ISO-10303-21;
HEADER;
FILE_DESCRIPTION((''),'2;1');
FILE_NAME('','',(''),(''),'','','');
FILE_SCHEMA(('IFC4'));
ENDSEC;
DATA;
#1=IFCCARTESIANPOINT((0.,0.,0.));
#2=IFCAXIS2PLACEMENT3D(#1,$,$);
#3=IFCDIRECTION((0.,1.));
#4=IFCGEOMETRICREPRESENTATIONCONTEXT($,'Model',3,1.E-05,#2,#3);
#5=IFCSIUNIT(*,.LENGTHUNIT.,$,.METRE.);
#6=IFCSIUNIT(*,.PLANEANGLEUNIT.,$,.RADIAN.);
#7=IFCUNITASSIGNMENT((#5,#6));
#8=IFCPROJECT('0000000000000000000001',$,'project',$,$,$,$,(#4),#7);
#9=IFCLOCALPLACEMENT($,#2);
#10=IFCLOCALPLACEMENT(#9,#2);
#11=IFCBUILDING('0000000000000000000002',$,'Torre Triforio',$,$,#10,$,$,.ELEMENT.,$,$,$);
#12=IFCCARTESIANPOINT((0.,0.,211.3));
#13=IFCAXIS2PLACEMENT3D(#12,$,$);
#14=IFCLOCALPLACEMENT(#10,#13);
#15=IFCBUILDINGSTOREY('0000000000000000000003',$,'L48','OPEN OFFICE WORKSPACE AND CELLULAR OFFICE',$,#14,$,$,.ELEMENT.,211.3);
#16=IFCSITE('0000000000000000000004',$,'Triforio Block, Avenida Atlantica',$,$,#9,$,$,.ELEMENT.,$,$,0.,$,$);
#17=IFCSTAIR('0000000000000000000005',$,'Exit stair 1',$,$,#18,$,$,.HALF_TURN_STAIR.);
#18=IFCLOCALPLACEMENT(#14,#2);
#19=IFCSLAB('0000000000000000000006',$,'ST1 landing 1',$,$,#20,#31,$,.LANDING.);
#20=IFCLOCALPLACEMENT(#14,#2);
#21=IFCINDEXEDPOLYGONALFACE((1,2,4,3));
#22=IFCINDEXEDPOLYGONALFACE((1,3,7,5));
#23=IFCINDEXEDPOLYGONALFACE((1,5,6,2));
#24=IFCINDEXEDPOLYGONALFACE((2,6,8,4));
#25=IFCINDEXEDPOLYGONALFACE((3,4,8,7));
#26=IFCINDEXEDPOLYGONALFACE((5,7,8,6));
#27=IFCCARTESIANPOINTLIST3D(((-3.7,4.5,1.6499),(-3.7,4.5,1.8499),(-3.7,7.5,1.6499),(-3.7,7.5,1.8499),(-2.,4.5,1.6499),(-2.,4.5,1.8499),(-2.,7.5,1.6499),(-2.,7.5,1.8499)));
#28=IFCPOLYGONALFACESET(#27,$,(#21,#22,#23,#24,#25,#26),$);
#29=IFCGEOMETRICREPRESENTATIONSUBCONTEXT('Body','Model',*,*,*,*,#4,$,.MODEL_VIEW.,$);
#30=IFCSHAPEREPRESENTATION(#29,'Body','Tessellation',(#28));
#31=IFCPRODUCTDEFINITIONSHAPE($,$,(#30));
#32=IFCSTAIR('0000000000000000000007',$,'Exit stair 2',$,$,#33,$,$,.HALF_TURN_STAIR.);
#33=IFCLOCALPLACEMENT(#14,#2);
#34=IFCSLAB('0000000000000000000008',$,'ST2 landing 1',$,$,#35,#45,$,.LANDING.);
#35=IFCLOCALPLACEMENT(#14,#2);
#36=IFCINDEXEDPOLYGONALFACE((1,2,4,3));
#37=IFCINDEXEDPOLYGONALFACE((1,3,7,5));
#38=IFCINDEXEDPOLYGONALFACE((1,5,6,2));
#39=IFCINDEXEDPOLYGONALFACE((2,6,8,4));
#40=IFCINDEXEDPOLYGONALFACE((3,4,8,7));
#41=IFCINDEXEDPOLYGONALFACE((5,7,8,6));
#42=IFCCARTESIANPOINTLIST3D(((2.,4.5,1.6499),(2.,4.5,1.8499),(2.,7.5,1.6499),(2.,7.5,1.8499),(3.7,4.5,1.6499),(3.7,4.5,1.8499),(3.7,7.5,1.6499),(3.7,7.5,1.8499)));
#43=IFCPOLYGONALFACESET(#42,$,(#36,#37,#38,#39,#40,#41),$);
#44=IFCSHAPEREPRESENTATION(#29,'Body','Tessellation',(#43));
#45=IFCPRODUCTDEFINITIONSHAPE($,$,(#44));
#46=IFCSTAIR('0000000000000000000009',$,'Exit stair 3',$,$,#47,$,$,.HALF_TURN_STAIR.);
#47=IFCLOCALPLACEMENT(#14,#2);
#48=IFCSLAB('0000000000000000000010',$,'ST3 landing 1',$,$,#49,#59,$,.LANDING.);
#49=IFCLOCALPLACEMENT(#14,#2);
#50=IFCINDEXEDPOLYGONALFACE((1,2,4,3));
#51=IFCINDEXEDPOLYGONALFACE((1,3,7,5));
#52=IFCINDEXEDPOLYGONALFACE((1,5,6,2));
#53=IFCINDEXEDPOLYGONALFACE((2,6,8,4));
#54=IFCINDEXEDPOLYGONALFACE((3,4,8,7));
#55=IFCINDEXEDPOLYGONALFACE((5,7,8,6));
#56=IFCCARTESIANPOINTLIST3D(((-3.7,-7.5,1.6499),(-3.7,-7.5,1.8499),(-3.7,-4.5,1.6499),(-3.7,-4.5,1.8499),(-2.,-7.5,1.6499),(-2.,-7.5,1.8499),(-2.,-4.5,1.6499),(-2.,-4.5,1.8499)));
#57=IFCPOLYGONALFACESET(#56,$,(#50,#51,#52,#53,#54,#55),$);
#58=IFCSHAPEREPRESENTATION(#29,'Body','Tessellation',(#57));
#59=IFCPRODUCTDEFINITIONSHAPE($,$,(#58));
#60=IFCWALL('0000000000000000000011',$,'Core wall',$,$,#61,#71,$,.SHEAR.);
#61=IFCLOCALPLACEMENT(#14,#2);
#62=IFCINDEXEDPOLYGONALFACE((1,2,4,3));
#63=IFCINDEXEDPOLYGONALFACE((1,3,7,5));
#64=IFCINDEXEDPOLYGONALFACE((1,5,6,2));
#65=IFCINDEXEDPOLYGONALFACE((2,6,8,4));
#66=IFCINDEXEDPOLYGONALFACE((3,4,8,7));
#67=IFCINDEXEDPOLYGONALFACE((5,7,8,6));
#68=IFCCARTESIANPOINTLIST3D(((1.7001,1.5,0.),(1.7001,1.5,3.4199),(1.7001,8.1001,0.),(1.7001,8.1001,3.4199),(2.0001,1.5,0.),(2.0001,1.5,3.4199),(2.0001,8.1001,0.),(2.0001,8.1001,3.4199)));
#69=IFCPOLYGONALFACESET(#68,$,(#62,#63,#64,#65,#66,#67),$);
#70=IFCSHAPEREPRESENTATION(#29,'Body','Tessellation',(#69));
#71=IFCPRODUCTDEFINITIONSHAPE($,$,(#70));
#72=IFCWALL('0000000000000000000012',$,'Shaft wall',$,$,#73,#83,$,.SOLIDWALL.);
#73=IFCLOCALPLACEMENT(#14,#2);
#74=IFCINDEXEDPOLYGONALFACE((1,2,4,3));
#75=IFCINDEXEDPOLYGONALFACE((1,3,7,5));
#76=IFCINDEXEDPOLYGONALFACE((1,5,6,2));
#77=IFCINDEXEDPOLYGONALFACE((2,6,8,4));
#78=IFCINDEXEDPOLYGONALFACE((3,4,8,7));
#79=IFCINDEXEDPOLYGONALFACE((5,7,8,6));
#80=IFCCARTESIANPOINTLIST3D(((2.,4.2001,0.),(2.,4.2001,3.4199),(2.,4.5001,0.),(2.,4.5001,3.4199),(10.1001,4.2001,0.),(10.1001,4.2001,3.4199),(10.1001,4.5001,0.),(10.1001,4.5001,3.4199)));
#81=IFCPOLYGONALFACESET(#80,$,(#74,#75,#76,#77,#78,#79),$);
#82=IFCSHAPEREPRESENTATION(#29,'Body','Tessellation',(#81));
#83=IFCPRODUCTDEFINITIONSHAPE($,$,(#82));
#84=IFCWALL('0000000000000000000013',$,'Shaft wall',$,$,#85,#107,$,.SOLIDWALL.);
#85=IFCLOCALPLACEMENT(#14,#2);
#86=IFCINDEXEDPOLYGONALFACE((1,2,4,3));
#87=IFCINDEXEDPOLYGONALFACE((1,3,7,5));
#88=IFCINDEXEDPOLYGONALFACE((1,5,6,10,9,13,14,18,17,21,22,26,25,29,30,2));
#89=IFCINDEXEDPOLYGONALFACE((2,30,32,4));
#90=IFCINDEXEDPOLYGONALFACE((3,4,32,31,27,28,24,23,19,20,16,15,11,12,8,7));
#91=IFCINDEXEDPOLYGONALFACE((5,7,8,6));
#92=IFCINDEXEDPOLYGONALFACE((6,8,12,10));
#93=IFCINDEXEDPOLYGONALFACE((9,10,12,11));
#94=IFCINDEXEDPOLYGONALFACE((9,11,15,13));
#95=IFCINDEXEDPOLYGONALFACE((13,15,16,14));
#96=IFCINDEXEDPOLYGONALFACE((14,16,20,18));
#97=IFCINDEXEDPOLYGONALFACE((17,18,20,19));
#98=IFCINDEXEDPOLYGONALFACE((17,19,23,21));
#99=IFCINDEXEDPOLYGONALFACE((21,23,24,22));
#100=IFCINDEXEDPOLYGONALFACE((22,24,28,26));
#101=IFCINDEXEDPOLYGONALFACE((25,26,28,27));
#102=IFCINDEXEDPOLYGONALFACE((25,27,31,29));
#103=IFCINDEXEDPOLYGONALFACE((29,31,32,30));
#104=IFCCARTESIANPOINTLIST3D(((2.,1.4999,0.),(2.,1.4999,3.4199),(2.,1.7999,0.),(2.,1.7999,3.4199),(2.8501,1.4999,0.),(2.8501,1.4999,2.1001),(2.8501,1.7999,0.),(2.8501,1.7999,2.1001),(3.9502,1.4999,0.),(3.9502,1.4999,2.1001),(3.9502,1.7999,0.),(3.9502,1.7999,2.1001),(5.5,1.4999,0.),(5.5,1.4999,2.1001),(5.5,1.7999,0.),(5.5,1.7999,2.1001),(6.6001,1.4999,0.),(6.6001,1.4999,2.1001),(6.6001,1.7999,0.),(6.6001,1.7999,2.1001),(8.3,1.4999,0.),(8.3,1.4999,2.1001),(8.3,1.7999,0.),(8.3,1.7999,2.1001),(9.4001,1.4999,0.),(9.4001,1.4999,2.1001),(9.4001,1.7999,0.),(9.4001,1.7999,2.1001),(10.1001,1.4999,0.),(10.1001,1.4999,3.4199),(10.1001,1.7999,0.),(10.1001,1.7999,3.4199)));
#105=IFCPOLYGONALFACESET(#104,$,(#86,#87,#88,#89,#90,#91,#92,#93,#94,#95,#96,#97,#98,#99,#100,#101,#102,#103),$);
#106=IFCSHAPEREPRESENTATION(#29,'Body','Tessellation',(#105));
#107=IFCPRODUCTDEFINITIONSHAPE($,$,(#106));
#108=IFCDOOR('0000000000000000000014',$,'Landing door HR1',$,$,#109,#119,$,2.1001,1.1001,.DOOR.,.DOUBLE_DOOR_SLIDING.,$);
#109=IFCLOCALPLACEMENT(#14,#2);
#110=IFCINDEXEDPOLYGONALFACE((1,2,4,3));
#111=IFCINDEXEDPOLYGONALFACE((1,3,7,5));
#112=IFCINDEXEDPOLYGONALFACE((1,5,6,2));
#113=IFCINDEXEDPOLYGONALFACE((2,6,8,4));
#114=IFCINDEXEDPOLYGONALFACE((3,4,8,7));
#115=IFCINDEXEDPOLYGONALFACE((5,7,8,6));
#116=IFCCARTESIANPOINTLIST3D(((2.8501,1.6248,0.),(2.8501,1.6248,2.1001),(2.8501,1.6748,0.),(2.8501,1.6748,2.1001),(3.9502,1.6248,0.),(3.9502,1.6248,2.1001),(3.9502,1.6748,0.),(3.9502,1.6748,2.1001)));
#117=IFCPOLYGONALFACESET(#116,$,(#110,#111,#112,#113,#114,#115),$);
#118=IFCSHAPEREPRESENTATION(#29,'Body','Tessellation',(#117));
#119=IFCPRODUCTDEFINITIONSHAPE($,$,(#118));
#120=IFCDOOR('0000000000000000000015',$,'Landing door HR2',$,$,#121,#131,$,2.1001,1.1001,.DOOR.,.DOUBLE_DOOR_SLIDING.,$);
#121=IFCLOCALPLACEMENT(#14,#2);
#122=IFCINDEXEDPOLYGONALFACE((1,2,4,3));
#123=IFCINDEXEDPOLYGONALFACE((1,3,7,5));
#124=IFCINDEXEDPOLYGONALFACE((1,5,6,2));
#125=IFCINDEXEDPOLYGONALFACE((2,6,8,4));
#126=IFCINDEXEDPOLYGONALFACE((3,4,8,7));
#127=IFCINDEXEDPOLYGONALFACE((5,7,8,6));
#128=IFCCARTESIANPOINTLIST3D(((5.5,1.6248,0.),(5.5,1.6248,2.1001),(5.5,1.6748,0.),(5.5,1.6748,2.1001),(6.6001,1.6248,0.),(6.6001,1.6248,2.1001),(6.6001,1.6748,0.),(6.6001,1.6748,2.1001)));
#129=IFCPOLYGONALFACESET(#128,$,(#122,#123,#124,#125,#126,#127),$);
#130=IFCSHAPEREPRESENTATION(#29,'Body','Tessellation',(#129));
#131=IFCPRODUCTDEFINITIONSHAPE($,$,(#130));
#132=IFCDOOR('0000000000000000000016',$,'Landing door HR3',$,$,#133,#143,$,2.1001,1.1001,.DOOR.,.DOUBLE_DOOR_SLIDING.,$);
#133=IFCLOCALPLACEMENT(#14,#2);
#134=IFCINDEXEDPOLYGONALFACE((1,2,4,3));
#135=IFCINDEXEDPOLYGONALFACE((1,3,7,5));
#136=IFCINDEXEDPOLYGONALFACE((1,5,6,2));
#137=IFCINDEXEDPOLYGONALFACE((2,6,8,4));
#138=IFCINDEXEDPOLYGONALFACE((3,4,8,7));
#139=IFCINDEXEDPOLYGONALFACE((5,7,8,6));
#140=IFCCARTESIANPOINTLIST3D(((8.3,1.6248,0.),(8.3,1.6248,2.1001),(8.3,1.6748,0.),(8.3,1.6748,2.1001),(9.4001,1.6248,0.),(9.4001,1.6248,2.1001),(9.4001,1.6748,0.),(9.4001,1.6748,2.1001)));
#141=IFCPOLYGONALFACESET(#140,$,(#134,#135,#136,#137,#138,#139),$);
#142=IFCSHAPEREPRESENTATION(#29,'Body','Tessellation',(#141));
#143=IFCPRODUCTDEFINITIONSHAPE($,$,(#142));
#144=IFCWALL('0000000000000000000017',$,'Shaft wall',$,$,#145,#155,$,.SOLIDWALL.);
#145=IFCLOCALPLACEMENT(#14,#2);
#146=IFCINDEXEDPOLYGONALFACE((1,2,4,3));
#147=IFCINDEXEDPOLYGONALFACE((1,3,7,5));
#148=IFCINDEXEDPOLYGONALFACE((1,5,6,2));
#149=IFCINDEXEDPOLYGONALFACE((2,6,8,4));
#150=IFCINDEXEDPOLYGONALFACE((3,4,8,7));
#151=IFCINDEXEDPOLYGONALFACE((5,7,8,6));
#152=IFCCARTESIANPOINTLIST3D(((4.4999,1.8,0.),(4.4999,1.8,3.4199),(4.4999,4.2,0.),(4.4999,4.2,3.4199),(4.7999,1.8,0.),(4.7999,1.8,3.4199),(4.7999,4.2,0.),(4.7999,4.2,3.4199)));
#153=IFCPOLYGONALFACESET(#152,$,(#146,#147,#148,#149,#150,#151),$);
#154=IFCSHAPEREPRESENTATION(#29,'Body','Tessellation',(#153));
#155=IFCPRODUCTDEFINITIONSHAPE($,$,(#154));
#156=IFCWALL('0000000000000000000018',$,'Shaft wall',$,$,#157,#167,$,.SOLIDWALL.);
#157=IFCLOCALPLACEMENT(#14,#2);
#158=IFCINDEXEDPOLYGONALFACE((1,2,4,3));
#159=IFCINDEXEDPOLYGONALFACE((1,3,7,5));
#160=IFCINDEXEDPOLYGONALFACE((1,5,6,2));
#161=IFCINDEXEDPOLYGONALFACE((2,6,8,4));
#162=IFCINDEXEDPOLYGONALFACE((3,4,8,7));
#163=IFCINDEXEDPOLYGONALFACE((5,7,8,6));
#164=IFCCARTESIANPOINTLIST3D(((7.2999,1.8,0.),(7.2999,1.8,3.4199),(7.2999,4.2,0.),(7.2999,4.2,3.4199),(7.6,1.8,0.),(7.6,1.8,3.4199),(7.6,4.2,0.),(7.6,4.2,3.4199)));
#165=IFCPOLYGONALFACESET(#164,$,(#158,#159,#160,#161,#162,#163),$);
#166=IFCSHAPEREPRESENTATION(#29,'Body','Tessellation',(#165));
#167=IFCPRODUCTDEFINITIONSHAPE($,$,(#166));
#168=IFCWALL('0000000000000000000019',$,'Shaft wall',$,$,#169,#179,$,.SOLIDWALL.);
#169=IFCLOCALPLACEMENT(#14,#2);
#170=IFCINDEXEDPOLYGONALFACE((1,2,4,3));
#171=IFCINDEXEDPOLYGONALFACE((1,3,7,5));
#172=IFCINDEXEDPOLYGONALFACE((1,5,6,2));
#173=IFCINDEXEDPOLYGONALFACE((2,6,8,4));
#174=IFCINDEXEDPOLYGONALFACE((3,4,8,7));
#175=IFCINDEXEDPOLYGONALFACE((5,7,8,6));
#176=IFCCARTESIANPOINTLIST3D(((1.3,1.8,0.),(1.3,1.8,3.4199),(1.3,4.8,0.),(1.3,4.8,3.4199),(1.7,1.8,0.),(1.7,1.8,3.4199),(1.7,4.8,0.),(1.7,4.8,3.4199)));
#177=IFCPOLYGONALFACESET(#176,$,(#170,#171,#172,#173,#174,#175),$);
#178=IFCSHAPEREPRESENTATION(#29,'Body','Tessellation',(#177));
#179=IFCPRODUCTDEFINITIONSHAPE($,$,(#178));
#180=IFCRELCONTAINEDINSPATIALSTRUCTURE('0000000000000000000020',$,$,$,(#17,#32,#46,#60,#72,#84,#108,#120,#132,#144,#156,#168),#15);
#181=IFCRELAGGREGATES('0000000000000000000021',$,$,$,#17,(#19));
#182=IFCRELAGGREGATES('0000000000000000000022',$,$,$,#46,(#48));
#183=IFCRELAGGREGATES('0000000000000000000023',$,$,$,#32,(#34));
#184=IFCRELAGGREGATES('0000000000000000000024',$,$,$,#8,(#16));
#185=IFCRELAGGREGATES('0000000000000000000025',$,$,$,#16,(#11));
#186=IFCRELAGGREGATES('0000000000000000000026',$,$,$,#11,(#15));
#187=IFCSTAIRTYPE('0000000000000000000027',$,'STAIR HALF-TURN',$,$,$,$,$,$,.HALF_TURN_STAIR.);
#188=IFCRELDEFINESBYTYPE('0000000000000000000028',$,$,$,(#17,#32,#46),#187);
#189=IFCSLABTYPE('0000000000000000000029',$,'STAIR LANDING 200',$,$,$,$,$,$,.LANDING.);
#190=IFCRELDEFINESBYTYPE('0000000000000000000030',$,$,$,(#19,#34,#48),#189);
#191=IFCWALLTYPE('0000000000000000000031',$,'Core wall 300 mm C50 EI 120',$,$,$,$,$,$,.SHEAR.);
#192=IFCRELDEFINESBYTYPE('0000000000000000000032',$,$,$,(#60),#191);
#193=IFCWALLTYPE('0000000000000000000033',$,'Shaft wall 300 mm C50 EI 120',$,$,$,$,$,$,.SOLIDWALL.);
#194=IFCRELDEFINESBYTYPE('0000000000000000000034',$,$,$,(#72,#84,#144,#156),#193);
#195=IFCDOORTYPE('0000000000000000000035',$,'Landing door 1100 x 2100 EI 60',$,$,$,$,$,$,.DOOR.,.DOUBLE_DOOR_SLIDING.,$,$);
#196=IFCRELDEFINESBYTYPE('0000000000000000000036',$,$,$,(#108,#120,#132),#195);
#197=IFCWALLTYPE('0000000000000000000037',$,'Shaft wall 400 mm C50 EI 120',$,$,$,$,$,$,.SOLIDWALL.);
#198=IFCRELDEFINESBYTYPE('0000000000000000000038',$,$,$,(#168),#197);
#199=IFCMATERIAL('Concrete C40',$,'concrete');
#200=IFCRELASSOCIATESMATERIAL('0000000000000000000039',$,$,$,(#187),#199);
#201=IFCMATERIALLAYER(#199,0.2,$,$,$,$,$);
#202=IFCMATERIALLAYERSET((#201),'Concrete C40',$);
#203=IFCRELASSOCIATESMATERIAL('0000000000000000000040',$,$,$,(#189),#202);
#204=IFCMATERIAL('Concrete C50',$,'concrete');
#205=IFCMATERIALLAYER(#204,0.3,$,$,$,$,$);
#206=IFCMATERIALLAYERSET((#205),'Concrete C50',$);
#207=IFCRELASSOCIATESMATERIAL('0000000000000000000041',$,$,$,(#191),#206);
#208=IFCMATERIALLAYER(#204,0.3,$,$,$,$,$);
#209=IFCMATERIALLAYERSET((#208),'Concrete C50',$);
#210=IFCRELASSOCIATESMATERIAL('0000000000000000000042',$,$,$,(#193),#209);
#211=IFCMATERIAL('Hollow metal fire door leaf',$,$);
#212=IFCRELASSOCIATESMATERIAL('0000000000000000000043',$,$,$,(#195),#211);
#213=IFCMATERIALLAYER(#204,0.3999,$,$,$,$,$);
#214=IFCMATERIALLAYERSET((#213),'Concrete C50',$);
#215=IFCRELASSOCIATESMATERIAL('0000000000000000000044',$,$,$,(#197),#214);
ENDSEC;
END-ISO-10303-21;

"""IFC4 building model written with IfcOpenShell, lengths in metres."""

from ifc_helpers import new_model, si_unit, direction, frame, frame_2d, origin, place, context, subcontext, project, spatial, polyline, rectangle, outline, extrude, material, layer, layer_set, type_object, element, fill, aggregate, save


model = new_model("IFC4")

# Units and contexts
model_context = context("Model", 3, precision=1e-05, world=origin(), true_north=direction((0.0, 1.0)))
body_context = subcontext(model_context, "Body", "Model", "MODEL_VIEW")
ifc_project = project(units=[si_unit("LENGTHUNIT", "METRE"), si_unit("PLANEANGLEUNIT", "RADIAN")], contexts=[model_context])

# Site, building, storey
site_placement = place(None, origin())
site = spatial("IfcSite", under=ifc_project, at=site_placement, Name="Triforio Block, Avenida Atlantica", CompositionType="ELEMENT", RefElevation=0.0)
building_placement = place(site_placement, origin())
building = spatial("IfcBuilding", under=site, at=building_placement, Name="Torre Triforio", CompositionType="ELEMENT")
storey_placement = place(building_placement, frame((0.0, 0.0, 211.3)))
storey = spatial("IfcBuildingStorey", under=building, at=storey_placement, Name="L48", Description="OPEN OFFICE WORKSPACE AND CELLULAR OFFICE", CompositionType="ELEMENT", Elevation=211.3)

# Stairs, slabs
ifc_material_1 = material(Name="Concrete C40", Category="concrete")
stair_type = type_object("IfcStairType", Name="STAIR HALF-TURN", PredefinedType="HALF_TURN_STAIR", material=ifc_material_1)
stair_1_placement = place(storey_placement, origin())
stair_1 = element("IfcStair", 1, at=stair_1_placement, inside=storey, type_object=stair_type, Name="Exit stair 1", PredefinedType="HALF_TURN_STAIR")
ifc_layer_1 = layer(ifc_material_1, 0.2)
ifc_layer_set_1 = layer_set([ifc_layer_1], Name="Concrete C40")
slab_type = type_object("IfcSlabType", Name="STAIR LANDING 200", PredefinedType="LANDING", material=ifc_layer_set_1)
slab_1_placement = place(storey_placement, frame((0.0, 0.0, 1.6499)))
slab_1 = element("IfcSlab", 2, at=slab_1_placement, type_object=slab_type, Name="ST1 landing 1", PredefinedType="LANDING", context=body_context, shape_type="SweptSolid", body=[
    extrude(outline(polyline([(-2.0, 4.5), (-2.0, 7.5), (-3.7, 7.5), (-3.7, 4.5), (-2.0, 4.5)])), origin(), (0.0, 0.0, 1.0), 0.2),
])
aggregate(stair_1, [slab_1])
stair_2_placement = place(storey_placement, origin())
stair_2 = element("IfcStair", 3, at=stair_2_placement, inside=storey, type_object=stair_type, Name="Exit stair 2", PredefinedType="HALF_TURN_STAIR")
slab_2_placement = place(storey_placement, frame((0.0, 0.0, 1.6499)))
slab_2 = element("IfcSlab", 4, at=slab_2_placement, type_object=slab_type, Name="ST2 landing 1", PredefinedType="LANDING", context=body_context, shape_type="SweptSolid", body=[
    extrude(outline(polyline([(3.7, 4.5), (3.7, 7.5), (2.0, 7.5), (2.0, 4.5), (3.7, 4.5)])), origin(), (0.0, 0.0, 1.0), 0.2),
])
stair_3_placement = place(storey_placement, origin())
stair_3 = element("IfcStair", 5, at=stair_3_placement, inside=storey, type_object=stair_type, Name="Exit stair 3", PredefinedType="HALF_TURN_STAIR")
slab_3_placement = place(storey_placement, frame((0.0, 0.0, 1.6499)))
slab_3 = element("IfcSlab", 6, at=slab_3_placement, type_object=slab_type, Name="ST3 landing 1", PredefinedType="LANDING", context=body_context, shape_type="SweptSolid", body=[
    extrude(outline(polyline([(-2.0, -7.5), (-2.0, -4.5), (-3.7, -4.5), (-3.7, -7.5), (-2.0, -7.5)])), origin(), (0.0, 0.0, 1.0), 0.2),
])
aggregate(stair_3, [slab_3])

# Walls
ifc_material_2 = material(Name="Concrete C50", Category="concrete")
ifc_layer_2 = layer(ifc_material_2, 0.3)
ifc_layer_set_2 = layer_set([ifc_layer_2], Name="Concrete C50")
wall_type_1 = type_object("IfcWallType", Name="Core wall 300 mm C50 EI 120", PredefinedType="SHEAR", material=ifc_layer_set_2)
wall_1_placement = place(storey_placement, frame((1.8501, 1.5, 0.0), z_axis=(0.0, 0.0, 1.0), x_axis=(0.0, 1.0, 0.0)))
element("IfcWall", 7, at=wall_1_placement, inside=storey, type_object=wall_type_1, Name="Core wall", PredefinedType="SHEAR", context=body_context, shape_type="SweptSolid", body=[
    extrude(rectangle(XDim=6.6001, YDim=0.3, at=frame_2d((3.3, 0.0))), origin(), (0.0, 0.0, 1.0), 3.4199),
])
ifc_layer_3 = layer(ifc_material_2, 0.3)
ifc_layer_set_3 = layer_set([ifc_layer_3], Name="Concrete C50")
wall_type_2 = type_object("IfcWallType", Name="Shaft wall 300 mm C50 EI 120", PredefinedType="SOLIDWALL", material=ifc_layer_set_3)
wall_2_placement = place(storey_placement, frame((2.0, 4.3501, 0.0), z_axis=(0.0, 0.0, 1.0), x_axis=(1.0, 0.0, 0.0)))
element("IfcWall", 8, at=wall_2_placement, inside=storey, type_object=wall_type_2, Name="Shaft wall", PredefinedType="SOLIDWALL", context=body_context, shape_type="SweptSolid", body=[
    extrude(rectangle(XDim=8.1001, YDim=0.3, at=frame_2d((4.05, 0.0))), origin(), (0.0, 0.0, 1.0), 3.4199),
])

# Wall, openings, doors
wall_3_placement = place(storey_placement, frame((2.0, 1.6499, 0.0), z_axis=(0.0, 0.0, 1.0), x_axis=(1.0, 0.0, 0.0)))
wall_3 = element("IfcWall", 9, at=wall_3_placement, inside=storey, type_object=wall_type_2, Name="Shaft wall", PredefinedType="SOLIDWALL", context=body_context, shape_type="SweptSolid", body=[
    extrude(rectangle(XDim=8.1001, YDim=0.3, at=frame_2d((4.05, 0.0))), origin(), (0.0, 0.0, 1.0), 3.4199),
])
opening_1_placement = place(wall_3_placement, frame((0.8501, 0.0, 0.0)))
opening_1 = element("IfcOpeningElement", 10, at=opening_1_placement, cuts=wall_3, PredefinedType="OPENING", context=body_context, shape_type="SweptSolid", body=[
    extrude(rectangle(XDim=1.1001, YDim=2.1001, at=frame_2d((0.55, 1.05))), frame((0.0, 0.1599, 0.0), z_axis=(0.0, -1.0, 0.0), x_axis=(1.0, 0.0, 0.0)), (0.0, 0.0, 1.0), 0.3201),
])
opening_2_placement = place(wall_3_placement, frame((3.5, 0.0, 0.0)))
opening_2 = element("IfcOpeningElement", 11, at=opening_2_placement, cuts=wall_3, PredefinedType="OPENING", context=body_context, shape_type="SweptSolid", body=[
    extrude(rectangle(XDim=1.1001, YDim=2.1001, at=frame_2d((0.55, 1.05))), frame((0.0, 0.1599, 0.0), z_axis=(0.0, -1.0, 0.0), x_axis=(1.0, 0.0, 0.0)), (0.0, 0.0, 1.0), 0.3201),
])
opening_3_placement = place(wall_3_placement, frame((6.3, 0.0, 0.0)))
opening_3 = element("IfcOpeningElement", 12, at=opening_3_placement, cuts=wall_3, PredefinedType="OPENING", context=body_context, shape_type="SweptSolid", body=[
    extrude(rectangle(XDim=1.1001, YDim=2.1001, at=frame_2d((0.55, 1.05))), frame((0.0, 0.1599, 0.0), z_axis=(0.0, -1.0, 0.0), x_axis=(1.0, 0.0, 0.0)), (0.0, 0.0, 1.0), 0.3201),
])
ifc_material_3 = material(Name="Hollow metal fire door leaf")
door_type = type_object("IfcDoorType", Name="Landing door 1100 x 2100 EI 60", OperationType="DOUBLE_DOOR_SLIDING", PredefinedType="DOOR", material=ifc_material_3)
door_1_placement = place(opening_1_placement, origin())
door_1 = element("IfcDoor", 13, at=door_1_placement, inside=storey, type_object=door_type, Name="Landing door HR1", OperationType="DOUBLE_DOOR_SLIDING", OverallHeight=2.1001, OverallWidth=1.1001, PredefinedType="DOOR", context=body_context, shape_type="SweptSolid", body=[
    extrude(rectangle(XDim=1.1001, YDim=2.1001, at=frame_2d((0.55, 1.05))), frame((0.0, 0.0249, 0.0), z_axis=(0.0, -1.0, 0.0), x_axis=(1.0, 0.0, 0.0)), (0.0, 0.0, 1.0), 0.05),
])
fill(opening_1, door_1)
door_2_placement = place(opening_2_placement, origin())
door_2 = element("IfcDoor", 14, at=door_2_placement, inside=storey, type_object=door_type, Name="Landing door HR2", OperationType="DOUBLE_DOOR_SLIDING", OverallHeight=2.1001, OverallWidth=1.1001, PredefinedType="DOOR", context=body_context, shape_type="SweptSolid", body=[
    extrude(rectangle(XDim=1.1001, YDim=2.1001, at=frame_2d((0.55, 1.05))), frame((0.0, 0.0249, 0.0), z_axis=(0.0, -1.0, 0.0), x_axis=(1.0, 0.0, 0.0)), (0.0, 0.0, 1.0), 0.05),
])
fill(opening_2, door_2)
door_3_placement = place(opening_3_placement, origin())
door_3 = element("IfcDoor", 15, at=door_3_placement, inside=storey, type_object=door_type, Name="Landing door HR3", OperationType="DOUBLE_DOOR_SLIDING", OverallHeight=2.1001, OverallWidth=1.1001, PredefinedType="DOOR", context=body_context, shape_type="SweptSolid", body=[
    extrude(rectangle(XDim=1.1001, YDim=2.1001, at=frame_2d((0.55, 1.05))), frame((0.0, 0.0249, 0.0), z_axis=(0.0, -1.0, 0.0), x_axis=(1.0, 0.0, 0.0)), (0.0, 0.0, 1.0), 0.05),
])
fill(opening_3, door_3)

# Walls
for number, where, z_axis, x_axis, name in (
    (16, (4.6499, 1.8, 0.0), (0.0, 0.0, 1.0), (0.0, 1.0, 0.0), "Shaft wall"),
    (17, (7.45, 1.8, 0.0), (0.0, 0.0, 1.0), (0.0, 1.0, 0.0), "Shaft wall"),
):
    element("IfcWall", number, at=place(storey_placement, frame(where, z_axis=z_axis, x_axis=x_axis)), inside=storey, type_object=wall_type_2, Name=name, PredefinedType="SOLIDWALL", context=body_context, shape_type="SweptSolid", body=[
        extrude(rectangle(XDim=2.3999, YDim=0.3, at=frame_2d((1.2, 0.0))), origin(), (0.0, 0.0, 1.0), 3.4199),
    ])
ifc_layer_4 = layer(ifc_material_2, 0.3999)
ifc_layer_set_4 = layer_set([ifc_layer_4], Name="Concrete C50")
wall_type_3 = type_object("IfcWallType", Name="Shaft wall 400 mm C50 EI 120", PredefinedType="SOLIDWALL", material=ifc_layer_set_4)
wall_4_placement = place(storey_placement, frame((1.5, 1.8, 0.0), z_axis=(0.0, 0.0, 1.0), x_axis=(0.0, 1.0, 0.0)))
element("IfcWall", 18, at=wall_4_placement, inside=storey, type_object=wall_type_3, Name="Shaft wall", PredefinedType="SOLIDWALL", context=body_context, shape_type="SweptSolid", body=[
    extrude(rectangle(XDim=3.0, YDim=0.3999, at=frame_2d((1.5, 0.0))), origin(), (0.0, 0.0, 1.0), 3.4199),
])

aggregate(stair_2, [slab_2])

save(model, "model.ifc")
